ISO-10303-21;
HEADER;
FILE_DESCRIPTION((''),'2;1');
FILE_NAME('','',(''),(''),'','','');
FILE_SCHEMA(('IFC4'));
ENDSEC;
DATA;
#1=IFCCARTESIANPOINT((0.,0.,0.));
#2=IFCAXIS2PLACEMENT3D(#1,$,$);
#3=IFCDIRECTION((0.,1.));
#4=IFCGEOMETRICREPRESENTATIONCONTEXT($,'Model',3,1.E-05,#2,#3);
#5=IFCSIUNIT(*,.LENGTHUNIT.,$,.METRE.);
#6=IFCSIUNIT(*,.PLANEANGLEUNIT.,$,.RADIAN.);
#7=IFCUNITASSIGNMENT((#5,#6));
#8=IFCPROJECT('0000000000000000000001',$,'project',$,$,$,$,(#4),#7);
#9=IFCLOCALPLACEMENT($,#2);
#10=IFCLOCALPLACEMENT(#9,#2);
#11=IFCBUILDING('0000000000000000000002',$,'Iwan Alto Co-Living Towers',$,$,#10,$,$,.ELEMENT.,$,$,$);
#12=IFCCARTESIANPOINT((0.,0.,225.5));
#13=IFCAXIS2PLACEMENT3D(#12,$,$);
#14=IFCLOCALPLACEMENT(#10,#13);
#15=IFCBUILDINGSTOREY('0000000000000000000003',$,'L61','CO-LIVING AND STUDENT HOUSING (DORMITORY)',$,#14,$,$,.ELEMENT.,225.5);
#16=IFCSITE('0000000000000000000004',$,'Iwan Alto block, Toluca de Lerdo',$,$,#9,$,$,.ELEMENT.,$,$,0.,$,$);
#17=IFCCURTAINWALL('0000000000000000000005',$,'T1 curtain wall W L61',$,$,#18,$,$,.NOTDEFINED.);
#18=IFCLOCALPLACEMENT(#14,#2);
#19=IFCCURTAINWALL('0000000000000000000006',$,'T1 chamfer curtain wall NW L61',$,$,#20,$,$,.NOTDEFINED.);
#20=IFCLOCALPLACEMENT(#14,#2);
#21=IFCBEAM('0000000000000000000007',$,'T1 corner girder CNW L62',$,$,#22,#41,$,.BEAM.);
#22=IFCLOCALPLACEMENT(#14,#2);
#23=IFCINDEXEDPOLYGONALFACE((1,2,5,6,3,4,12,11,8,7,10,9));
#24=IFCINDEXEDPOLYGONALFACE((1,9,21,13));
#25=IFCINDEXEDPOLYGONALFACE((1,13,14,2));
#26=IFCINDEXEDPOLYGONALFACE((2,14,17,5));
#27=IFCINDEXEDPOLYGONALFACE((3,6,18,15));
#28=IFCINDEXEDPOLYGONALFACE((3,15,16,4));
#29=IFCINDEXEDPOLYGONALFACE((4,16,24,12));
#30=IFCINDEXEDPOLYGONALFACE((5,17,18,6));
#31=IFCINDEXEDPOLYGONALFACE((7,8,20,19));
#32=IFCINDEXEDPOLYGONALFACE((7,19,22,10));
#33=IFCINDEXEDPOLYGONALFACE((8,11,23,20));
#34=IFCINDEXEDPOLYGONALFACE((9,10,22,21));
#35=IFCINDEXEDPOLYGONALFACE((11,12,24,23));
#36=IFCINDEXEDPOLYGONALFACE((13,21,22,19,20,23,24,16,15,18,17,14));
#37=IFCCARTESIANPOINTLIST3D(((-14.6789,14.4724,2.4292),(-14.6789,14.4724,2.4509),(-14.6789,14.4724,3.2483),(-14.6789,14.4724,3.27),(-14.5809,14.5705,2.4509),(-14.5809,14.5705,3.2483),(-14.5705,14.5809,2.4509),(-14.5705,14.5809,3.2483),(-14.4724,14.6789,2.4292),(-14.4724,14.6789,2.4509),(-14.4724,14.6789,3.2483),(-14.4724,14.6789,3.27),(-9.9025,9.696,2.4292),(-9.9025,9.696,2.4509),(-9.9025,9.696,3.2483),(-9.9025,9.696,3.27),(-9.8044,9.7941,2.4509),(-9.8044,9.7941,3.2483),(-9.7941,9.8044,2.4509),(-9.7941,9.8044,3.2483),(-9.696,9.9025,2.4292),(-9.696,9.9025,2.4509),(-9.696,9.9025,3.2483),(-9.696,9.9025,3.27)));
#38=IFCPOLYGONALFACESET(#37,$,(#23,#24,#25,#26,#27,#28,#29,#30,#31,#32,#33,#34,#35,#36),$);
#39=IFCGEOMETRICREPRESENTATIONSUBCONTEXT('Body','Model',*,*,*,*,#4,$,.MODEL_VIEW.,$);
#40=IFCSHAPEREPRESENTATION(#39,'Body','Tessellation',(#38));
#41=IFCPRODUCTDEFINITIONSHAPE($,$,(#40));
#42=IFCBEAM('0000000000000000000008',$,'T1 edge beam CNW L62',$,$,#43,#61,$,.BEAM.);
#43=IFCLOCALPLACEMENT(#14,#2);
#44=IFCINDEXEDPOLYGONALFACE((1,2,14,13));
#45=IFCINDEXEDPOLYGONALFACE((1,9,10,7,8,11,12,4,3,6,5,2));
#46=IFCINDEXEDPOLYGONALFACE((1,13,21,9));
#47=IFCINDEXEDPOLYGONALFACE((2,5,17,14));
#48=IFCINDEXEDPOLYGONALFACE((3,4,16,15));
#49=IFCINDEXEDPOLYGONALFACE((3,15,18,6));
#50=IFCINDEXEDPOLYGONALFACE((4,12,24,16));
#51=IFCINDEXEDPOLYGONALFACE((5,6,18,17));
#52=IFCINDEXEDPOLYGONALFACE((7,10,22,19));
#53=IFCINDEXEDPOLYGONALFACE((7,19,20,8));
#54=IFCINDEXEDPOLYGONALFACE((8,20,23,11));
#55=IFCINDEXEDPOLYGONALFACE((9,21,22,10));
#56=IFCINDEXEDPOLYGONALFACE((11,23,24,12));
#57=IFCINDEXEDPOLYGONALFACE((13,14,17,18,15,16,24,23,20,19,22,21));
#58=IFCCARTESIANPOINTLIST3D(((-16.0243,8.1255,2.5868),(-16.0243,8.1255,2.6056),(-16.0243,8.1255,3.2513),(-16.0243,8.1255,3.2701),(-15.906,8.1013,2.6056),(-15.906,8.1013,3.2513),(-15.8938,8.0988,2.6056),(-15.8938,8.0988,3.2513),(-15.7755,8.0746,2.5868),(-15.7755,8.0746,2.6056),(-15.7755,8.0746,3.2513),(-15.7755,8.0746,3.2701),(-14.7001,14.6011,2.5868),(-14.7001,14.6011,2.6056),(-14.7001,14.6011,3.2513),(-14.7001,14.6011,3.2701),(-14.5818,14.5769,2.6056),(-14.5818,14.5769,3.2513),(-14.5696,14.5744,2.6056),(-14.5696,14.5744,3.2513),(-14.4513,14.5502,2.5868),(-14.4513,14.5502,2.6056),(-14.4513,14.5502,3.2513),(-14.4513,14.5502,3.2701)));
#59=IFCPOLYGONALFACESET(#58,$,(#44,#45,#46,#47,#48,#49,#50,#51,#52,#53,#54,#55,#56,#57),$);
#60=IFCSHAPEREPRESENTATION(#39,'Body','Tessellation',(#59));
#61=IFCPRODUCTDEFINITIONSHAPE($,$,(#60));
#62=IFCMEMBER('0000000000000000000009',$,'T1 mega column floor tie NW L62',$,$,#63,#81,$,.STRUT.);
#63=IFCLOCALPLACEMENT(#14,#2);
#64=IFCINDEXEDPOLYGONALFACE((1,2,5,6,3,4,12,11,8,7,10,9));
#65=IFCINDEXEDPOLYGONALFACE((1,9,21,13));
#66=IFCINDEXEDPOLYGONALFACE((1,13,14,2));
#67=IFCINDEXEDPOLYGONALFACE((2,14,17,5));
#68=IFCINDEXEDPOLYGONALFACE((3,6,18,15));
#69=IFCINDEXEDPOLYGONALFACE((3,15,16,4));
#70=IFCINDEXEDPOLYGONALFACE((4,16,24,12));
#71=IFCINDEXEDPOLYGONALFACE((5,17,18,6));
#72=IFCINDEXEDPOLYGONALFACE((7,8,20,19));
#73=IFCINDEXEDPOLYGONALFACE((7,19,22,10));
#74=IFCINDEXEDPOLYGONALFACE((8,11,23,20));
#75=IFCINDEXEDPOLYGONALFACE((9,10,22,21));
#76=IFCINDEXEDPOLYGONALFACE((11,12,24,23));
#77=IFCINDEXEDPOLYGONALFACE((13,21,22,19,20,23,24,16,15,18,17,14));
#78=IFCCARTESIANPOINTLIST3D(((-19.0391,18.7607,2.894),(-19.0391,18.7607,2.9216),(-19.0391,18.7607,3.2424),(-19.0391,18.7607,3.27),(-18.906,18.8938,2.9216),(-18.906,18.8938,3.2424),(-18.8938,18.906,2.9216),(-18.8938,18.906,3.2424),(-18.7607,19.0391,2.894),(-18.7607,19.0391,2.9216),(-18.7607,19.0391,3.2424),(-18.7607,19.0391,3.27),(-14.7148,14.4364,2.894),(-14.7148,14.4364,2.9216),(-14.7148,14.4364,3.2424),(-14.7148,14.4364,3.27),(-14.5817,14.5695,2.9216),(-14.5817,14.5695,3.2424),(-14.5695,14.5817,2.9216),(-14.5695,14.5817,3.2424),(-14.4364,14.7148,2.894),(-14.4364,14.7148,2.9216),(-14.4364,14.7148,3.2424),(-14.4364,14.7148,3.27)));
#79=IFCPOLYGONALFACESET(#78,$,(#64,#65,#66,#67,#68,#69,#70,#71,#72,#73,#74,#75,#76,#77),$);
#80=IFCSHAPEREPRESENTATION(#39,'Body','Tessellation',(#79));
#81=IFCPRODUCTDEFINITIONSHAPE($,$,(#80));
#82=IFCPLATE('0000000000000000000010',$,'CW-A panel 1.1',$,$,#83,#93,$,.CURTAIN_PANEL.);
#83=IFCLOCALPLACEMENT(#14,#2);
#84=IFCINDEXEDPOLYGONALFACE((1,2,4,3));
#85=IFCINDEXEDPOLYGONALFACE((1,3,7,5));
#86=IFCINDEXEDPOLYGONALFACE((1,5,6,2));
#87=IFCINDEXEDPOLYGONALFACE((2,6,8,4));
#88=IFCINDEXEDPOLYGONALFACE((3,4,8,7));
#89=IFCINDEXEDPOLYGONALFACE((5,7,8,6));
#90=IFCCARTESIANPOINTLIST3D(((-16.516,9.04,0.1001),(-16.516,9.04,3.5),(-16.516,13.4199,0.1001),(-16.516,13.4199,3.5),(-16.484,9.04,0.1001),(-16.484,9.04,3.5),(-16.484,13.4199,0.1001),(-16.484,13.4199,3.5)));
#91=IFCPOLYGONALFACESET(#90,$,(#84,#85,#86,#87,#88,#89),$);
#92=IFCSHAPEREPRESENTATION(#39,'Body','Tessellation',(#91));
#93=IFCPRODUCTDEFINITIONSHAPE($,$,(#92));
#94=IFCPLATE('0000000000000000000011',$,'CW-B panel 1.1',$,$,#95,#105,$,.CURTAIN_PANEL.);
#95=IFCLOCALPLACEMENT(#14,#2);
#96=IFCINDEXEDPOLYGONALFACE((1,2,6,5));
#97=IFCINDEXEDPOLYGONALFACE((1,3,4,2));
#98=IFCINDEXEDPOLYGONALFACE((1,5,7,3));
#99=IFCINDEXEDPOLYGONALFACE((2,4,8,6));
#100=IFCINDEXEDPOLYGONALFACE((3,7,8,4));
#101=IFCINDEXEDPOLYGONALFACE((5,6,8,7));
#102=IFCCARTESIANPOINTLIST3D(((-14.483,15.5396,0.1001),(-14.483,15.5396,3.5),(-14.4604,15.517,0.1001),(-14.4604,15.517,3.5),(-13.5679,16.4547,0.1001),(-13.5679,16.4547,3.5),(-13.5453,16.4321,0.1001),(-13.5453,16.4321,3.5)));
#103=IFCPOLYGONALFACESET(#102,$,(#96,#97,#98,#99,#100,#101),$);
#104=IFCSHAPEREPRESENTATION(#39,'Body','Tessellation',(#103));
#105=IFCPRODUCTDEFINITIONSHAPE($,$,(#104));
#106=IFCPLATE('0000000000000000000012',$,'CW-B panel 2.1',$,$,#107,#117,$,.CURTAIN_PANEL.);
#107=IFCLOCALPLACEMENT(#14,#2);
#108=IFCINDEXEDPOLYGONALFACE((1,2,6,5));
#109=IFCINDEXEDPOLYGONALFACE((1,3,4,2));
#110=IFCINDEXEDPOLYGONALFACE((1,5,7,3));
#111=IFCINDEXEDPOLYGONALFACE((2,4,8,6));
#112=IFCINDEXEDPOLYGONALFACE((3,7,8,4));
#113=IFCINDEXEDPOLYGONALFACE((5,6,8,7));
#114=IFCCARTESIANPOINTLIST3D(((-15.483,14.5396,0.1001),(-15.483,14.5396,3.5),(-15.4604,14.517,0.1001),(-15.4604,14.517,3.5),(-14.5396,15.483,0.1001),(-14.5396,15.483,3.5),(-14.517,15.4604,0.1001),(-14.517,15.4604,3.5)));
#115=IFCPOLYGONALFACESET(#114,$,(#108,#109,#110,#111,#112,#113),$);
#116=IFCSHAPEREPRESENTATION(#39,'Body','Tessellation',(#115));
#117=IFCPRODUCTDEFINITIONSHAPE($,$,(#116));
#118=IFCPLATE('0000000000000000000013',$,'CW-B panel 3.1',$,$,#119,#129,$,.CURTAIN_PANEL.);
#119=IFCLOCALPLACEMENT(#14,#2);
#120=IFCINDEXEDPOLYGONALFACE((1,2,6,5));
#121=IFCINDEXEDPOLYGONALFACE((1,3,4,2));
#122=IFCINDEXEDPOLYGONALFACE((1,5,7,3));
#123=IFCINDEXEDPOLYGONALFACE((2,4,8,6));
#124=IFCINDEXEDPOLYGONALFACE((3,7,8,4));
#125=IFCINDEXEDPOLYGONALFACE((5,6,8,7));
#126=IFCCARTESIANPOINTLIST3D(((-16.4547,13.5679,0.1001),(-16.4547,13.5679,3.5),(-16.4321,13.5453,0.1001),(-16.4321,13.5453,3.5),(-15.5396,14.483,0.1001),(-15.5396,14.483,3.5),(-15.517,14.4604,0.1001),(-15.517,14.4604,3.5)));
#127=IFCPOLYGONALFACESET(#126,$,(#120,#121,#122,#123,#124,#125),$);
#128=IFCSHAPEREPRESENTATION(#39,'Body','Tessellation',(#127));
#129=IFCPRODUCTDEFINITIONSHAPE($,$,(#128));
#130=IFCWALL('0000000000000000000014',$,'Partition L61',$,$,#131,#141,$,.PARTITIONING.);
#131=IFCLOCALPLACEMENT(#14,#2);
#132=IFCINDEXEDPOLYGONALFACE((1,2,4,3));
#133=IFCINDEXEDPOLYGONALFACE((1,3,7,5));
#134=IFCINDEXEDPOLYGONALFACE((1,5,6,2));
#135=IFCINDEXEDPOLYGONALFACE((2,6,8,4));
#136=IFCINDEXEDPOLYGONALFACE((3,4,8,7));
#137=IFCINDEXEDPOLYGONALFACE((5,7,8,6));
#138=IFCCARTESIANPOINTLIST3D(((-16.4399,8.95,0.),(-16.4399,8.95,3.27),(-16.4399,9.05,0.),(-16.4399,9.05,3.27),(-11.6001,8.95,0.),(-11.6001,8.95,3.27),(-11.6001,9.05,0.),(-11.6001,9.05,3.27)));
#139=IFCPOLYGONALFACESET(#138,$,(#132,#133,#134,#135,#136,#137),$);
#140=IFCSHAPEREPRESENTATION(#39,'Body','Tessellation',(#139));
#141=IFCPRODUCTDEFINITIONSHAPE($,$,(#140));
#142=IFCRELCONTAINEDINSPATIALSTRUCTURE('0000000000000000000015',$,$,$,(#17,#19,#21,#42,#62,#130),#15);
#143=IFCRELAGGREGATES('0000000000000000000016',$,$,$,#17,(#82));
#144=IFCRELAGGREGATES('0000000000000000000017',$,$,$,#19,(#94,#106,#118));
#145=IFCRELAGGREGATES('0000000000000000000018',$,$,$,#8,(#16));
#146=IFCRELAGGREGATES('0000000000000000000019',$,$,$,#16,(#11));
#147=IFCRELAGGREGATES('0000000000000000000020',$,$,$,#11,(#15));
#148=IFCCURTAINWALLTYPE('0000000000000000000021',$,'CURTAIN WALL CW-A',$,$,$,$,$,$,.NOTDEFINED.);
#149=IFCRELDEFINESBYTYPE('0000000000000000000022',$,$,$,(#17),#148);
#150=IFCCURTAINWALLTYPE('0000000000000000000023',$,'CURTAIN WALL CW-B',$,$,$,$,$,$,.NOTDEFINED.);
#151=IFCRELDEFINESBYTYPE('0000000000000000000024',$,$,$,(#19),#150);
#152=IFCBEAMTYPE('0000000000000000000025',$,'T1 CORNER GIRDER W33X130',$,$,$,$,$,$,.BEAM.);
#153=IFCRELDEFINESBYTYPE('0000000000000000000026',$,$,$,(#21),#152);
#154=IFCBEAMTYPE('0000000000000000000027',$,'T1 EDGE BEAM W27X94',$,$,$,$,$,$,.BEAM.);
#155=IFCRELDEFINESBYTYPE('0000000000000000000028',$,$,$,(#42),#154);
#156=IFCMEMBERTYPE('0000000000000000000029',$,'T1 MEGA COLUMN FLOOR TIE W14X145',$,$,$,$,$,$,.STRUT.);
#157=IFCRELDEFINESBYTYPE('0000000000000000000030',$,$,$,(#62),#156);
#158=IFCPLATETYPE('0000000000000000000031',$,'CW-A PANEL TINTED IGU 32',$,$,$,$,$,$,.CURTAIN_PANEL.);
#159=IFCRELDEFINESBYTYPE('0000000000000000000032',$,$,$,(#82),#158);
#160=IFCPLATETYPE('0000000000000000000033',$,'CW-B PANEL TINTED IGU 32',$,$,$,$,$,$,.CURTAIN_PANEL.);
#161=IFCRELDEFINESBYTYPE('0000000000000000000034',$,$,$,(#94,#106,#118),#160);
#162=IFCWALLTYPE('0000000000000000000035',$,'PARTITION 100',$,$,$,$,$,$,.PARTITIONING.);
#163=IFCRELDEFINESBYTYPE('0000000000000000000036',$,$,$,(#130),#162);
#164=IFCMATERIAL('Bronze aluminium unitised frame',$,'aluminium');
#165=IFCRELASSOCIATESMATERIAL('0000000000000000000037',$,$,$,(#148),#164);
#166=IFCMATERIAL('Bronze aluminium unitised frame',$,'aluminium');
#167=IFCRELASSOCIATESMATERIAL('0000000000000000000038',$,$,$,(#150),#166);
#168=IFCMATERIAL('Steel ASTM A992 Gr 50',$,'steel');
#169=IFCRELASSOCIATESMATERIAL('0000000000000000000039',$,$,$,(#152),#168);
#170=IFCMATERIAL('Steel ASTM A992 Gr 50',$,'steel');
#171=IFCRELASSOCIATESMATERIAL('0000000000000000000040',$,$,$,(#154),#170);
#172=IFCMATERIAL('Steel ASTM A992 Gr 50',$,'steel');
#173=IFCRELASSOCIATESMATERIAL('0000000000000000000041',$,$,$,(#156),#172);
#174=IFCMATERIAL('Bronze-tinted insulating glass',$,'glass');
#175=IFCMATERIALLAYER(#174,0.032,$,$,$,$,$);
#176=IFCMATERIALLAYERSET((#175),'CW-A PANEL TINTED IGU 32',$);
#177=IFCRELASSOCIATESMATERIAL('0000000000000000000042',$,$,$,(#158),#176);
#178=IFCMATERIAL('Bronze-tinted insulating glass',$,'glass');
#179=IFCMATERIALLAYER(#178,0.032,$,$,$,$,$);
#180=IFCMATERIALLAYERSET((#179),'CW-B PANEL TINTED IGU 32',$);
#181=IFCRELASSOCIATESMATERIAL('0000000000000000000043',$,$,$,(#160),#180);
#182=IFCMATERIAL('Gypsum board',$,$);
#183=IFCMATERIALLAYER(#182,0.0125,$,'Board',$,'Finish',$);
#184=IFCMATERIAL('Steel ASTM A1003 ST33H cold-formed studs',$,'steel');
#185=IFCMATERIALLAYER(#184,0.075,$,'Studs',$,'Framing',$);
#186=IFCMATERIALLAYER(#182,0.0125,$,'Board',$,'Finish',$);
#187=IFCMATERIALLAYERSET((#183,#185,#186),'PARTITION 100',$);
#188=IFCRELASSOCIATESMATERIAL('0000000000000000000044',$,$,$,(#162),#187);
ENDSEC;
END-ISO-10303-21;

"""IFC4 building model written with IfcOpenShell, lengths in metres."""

from ifc_helpers import new_model, si_unit, direction, frame, frame_2d, origin, origin_2d, place, context, subcontext, project, spatial, rectangle, i_section, extrude, material, layer, layer_set, material_profile, profile_set, type_object, element, aggregate, save


model = new_model("IFC4")

# Units and contexts
model_context = context("Model", 3, precision=1e-05, world=origin(), true_north=direction((0.0, 1.0)))
body_context = subcontext(model_context, "Body", "Model", "MODEL_VIEW")
ifc_project = project(units=[si_unit("LENGTHUNIT", "METRE"), si_unit("PLANEANGLEUNIT", "RADIAN")], contexts=[model_context])

# Site, building, storey
site_placement = place(None, origin())
site = spatial("IfcSite", under=ifc_project, at=site_placement, Name="Iwan Alto block, Toluca de Lerdo", CompositionType="ELEMENT", RefElevation=0.0)
building_placement = place(site_placement, origin())
building = spatial("IfcBuilding", under=site, at=building_placement, Name="Iwan Alto Co-Living Towers", CompositionType="ELEMENT")
storey_placement = place(building_placement, frame((0.0, 0.0, 225.5)))
storey = spatial("IfcBuildingStorey", under=building, at=storey_placement, Name="L61", Description="CO-LIVING AND STUDENT HOUSING (DORMITORY)", CompositionType="ELEMENT", Elevation=225.5)

# Curtain walls
ifc_material_1 = material(Name="Bronze aluminium unitised frame", Category="aluminium")
curtain_wall_type_1 = type_object("IfcCurtainWallType", Name="CURTAIN WALL CW-A", PredefinedType="NOTDEFINED", material=ifc_material_1)
curtain_wall_1_placement = place(storey_placement, origin())
curtain_wall_1 = element("IfcCurtainWall", 1, at=curtain_wall_1_placement, inside=storey, type_object=curtain_wall_type_1, Name="T1 curtain wall W L61", PredefinedType="NOTDEFINED")
ifc_material_2 = material(Name="Bronze aluminium unitised frame", Category="aluminium")
curtain_wall_type_2 = type_object("IfcCurtainWallType", Name="CURTAIN WALL CW-B", PredefinedType="NOTDEFINED", material=ifc_material_2)
curtain_wall_2_placement = place(storey_placement, origin())
curtain_wall_2 = element("IfcCurtainWall", 2, at=curtain_wall_2_placement, inside=storey, type_object=curtain_wall_type_2, Name="T1 chamfer curtain wall NW L61", PredefinedType="NOTDEFINED")

# Beams
ifc_material_3 = material(Name="Steel ASTM A992 Gr 50", Category="steel")
ifc_material_profile_1 = material_profile(ifc_material_3, i_section(OverallWidth=0.292, OverallDepth=0.8408, WebThickness=0.0146, FlangeThickness=0.0217, at=origin_2d()), Name="W33X130")
ifc_profile_set_1 = profile_set([ifc_material_profile_1], Name="Steel ASTM A992 Gr 50")
beam_type_1 = type_object("IfcBeamType", Name="T1 CORNER GIRDER W33X130", PredefinedType="BEAM", material=ifc_profile_set_1)
beam_1_placement = place(storey_placement, frame((-14.5757, 14.5757, 2.8496), z_axis=(0.707107, -0.707107, 0.0), x_axis=(0.707107, 0.707107, 0.0)))
element("IfcBeam", 3, at=beam_1_placement, inside=storey, type_object=beam_type_1, Name="T1 corner girder CNW L62", PredefinedType="BEAM", context=body_context, shape_type="SweptSolid", body=[
    extrude(i_section(OverallWidth=0.292, OverallDepth=0.8408, WebThickness=0.0146, FlangeThickness=0.0217, at=origin_2d()), origin(), (0.0, 0.0, 1.0), 6.7549),
])
ifc_material_4 = material(Name="Steel ASTM A992 Gr 50", Category="steel")
ifc_material_profile_2 = material_profile(ifc_material_4, i_section(OverallWidth=0.2539, OverallDepth=0.6833, WebThickness=0.0125, FlangeThickness=0.0188, at=origin_2d()), Name="W27X94")
ifc_profile_set_2 = profile_set([ifc_material_profile_2], Name="Steel ASTM A992 Gr 50")
beam_type_2 = type_object("IfcBeamType", Name="T1 EDGE BEAM W27X94", PredefinedType="BEAM", material=ifc_profile_set_2)
beam_2_placement = place(storey_placement, frame((-14.5757, 14.5757, 2.9285), z_axis=(-0.200348, -0.979725, 0.0), x_axis=(0.979725, -0.200348, 0.0)))
element("IfcBeam", 4, at=beam_2_placement, inside=storey, type_object=beam_type_2, Name="T1 edge beam CNW L62", PredefinedType="BEAM", context=body_context, shape_type="SweptSolid", body=[
    extrude(i_section(OverallWidth=0.2539, OverallDepth=0.6833, WebThickness=0.0125, FlangeThickness=0.0188, at=origin_2d()), origin(), (0.0, 0.0, 1.0), 6.6096),
])

# Member
ifc_material_5 = material(Name="Steel ASTM A992 Gr 50", Category="steel")
ifc_material_profile_3 = material_profile(ifc_material_5, i_section(OverallWidth=0.3938, OverallDepth=0.376, WebThickness=0.0173, FlangeThickness=0.0276, at=origin_2d()), Name="W14X145")
ifc_profile_set_3 = profile_set([ifc_material_profile_3], Name="Steel ASTM A992 Gr 50")
member_type_1 = type_object("IfcMemberType", Name="T1 MEGA COLUMN FLOOR TIE W14X145", PredefinedType="STRUT", material=ifc_profile_set_3)
member_1_placement = place(storey_placement, frame((-18.8999, 18.8999, 3.082), z_axis=(0.707107, -0.707107, 0.0), x_axis=(0.707107, 0.707107, 0.0)))
element("IfcMember", 5, at=member_1_placement, inside=storey, type_object=member_type_1, Name="T1 mega column floor tie NW L62", PredefinedType="STRUT", context=body_context, shape_type="SweptSolid", body=[
    extrude(i_section(OverallWidth=0.3938, OverallDepth=0.376, WebThickness=0.0173, FlangeThickness=0.0276, at=origin_2d()), origin(), (0.0, 0.0, 1.0), 6.1155),
])

# Plates
ifc_material_6 = material(Name="Bronze-tinted insulating glass", Category="glass")
ifc_layer_1 = layer(ifc_material_6, 0.032)
ifc_layer_set_1 = layer_set([ifc_layer_1], Name="CW-A PANEL TINTED IGU 32")
plate_type_1 = type_object("IfcPlateType", Name="CW-A PANEL TINTED IGU 32", PredefinedType="CURTAIN_PANEL", material=ifc_layer_set_1)
plate_1_placement = place(storey_placement, frame((-16.5, 11.23, 0.1001), z_axis=(0.0, 0.0, 1.0), x_axis=(0.0, -1.0, 0.0)))
plate_1 = element("IfcPlate", 6, at=plate_1_placement, type_object=plate_type_1, Name="CW-A panel 1.1", PredefinedType="CURTAIN_PANEL", context=body_context, shape_type="SweptSolid", body=[
    extrude(rectangle(XDim=4.3799, YDim=0.032, at=origin_2d()), origin(), (0.0, 0.0, 1.0), 3.3999),
])
aggregate(curtain_wall_1, [plate_1])
ifc_material_7 = material(Name="Bronze-tinted insulating glass", Category="glass")
ifc_layer_2 = layer(ifc_material_7, 0.032)
ifc_layer_set_2 = layer_set([ifc_layer_2], Name="CW-B PANEL TINTED IGU 32")
plate_type_2 = type_object("IfcPlateType", Name="CW-B PANEL TINTED IGU 32", PredefinedType="CURTAIN_PANEL", material=ifc_layer_set_2)
plate_2_placement = place(storey_placement, frame((-14.0142, 15.9858, 0.1001), z_axis=(0.0, 0.0, 1.0), x_axis=(-0.707107, -0.707107, 0.0)))
plate_2 = element("IfcPlate", 7, at=plate_2_placement, type_object=plate_type_2, Name="CW-B panel 1.1", PredefinedType="CURTAIN_PANEL", context=body_context, shape_type="SweptSolid", body=[
    extrude(rectangle(XDim=1.2942, YDim=0.032, at=origin_2d()), origin(), (0.0, 0.0, 1.0), 3.3999),
])
plate_3_placement = place(storey_placement, frame((-15.0, 15.0, 0.1001), z_axis=(0.0, 0.0, 1.0), x_axis=(-0.707107, -0.707107, 0.0)))
plate_3 = element("IfcPlate", 8, at=plate_3_placement, type_object=plate_type_2, Name="CW-B panel 2.1", PredefinedType="CURTAIN_PANEL", context=body_context, shape_type="SweptSolid", body=[
    extrude(rectangle(XDim=1.3342, YDim=0.032, at=origin_2d()), origin(), (0.0, 0.0, 1.0), 3.3999),
])
plate_4_placement = place(storey_placement, frame((-15.9858, 14.0142, 0.1001), z_axis=(0.0, 0.0, 1.0), x_axis=(-0.707107, -0.707107, 0.0)))
plate_4 = element("IfcPlate", 9, at=plate_4_placement, type_object=plate_type_2, Name="CW-B panel 3.1", PredefinedType="CURTAIN_PANEL", context=body_context, shape_type="SweptSolid", body=[
    extrude(rectangle(XDim=1.2942, YDim=0.032, at=origin_2d()), origin(), (0.0, 0.0, 1.0), 3.3999),
])
aggregate(curtain_wall_2, [plate_2, plate_3, plate_4])

# Wall
ifc_material_8 = material(Name="Gypsum board")
ifc_layer_3 = layer(ifc_material_8, 0.0125, Name="Board", Category="Finish")
ifc_material_9 = material(Name="Steel ASTM A1003 ST33H cold-formed studs", Category="steel")
ifc_layer_4 = layer(ifc_material_9, 0.075, Name="Studs", Category="Framing")
ifc_layer_5 = layer(ifc_material_8, 0.0125, Name="Board", Category="Finish")
ifc_layer_set_3 = layer_set([ifc_layer_3, ifc_layer_4, ifc_layer_5], Name="PARTITION 100")
wall_type = type_object("IfcWallType", Name="PARTITION 100", PredefinedType="PARTITIONING", material=ifc_layer_set_3)
wall_placement = place(storey_placement, frame((-16.4399, 9.0, 0.0), z_axis=(0.0, 0.0, 1.0), x_axis=(1.0, 0.0, 0.0)))
element("IfcWall", 10, at=wall_placement, inside=storey, type_object=wall_type, Name="Partition L61", PredefinedType="PARTITIONING", context=body_context, shape_type="SweptSolid", body=[
    extrude(rectangle(XDim=4.8398, YDim=0.1001, at=frame_2d((2.4199, 0.0))), origin(), (0.0, 0.0, 1.0), 3.27),
])

save(model, "model.ifc")
